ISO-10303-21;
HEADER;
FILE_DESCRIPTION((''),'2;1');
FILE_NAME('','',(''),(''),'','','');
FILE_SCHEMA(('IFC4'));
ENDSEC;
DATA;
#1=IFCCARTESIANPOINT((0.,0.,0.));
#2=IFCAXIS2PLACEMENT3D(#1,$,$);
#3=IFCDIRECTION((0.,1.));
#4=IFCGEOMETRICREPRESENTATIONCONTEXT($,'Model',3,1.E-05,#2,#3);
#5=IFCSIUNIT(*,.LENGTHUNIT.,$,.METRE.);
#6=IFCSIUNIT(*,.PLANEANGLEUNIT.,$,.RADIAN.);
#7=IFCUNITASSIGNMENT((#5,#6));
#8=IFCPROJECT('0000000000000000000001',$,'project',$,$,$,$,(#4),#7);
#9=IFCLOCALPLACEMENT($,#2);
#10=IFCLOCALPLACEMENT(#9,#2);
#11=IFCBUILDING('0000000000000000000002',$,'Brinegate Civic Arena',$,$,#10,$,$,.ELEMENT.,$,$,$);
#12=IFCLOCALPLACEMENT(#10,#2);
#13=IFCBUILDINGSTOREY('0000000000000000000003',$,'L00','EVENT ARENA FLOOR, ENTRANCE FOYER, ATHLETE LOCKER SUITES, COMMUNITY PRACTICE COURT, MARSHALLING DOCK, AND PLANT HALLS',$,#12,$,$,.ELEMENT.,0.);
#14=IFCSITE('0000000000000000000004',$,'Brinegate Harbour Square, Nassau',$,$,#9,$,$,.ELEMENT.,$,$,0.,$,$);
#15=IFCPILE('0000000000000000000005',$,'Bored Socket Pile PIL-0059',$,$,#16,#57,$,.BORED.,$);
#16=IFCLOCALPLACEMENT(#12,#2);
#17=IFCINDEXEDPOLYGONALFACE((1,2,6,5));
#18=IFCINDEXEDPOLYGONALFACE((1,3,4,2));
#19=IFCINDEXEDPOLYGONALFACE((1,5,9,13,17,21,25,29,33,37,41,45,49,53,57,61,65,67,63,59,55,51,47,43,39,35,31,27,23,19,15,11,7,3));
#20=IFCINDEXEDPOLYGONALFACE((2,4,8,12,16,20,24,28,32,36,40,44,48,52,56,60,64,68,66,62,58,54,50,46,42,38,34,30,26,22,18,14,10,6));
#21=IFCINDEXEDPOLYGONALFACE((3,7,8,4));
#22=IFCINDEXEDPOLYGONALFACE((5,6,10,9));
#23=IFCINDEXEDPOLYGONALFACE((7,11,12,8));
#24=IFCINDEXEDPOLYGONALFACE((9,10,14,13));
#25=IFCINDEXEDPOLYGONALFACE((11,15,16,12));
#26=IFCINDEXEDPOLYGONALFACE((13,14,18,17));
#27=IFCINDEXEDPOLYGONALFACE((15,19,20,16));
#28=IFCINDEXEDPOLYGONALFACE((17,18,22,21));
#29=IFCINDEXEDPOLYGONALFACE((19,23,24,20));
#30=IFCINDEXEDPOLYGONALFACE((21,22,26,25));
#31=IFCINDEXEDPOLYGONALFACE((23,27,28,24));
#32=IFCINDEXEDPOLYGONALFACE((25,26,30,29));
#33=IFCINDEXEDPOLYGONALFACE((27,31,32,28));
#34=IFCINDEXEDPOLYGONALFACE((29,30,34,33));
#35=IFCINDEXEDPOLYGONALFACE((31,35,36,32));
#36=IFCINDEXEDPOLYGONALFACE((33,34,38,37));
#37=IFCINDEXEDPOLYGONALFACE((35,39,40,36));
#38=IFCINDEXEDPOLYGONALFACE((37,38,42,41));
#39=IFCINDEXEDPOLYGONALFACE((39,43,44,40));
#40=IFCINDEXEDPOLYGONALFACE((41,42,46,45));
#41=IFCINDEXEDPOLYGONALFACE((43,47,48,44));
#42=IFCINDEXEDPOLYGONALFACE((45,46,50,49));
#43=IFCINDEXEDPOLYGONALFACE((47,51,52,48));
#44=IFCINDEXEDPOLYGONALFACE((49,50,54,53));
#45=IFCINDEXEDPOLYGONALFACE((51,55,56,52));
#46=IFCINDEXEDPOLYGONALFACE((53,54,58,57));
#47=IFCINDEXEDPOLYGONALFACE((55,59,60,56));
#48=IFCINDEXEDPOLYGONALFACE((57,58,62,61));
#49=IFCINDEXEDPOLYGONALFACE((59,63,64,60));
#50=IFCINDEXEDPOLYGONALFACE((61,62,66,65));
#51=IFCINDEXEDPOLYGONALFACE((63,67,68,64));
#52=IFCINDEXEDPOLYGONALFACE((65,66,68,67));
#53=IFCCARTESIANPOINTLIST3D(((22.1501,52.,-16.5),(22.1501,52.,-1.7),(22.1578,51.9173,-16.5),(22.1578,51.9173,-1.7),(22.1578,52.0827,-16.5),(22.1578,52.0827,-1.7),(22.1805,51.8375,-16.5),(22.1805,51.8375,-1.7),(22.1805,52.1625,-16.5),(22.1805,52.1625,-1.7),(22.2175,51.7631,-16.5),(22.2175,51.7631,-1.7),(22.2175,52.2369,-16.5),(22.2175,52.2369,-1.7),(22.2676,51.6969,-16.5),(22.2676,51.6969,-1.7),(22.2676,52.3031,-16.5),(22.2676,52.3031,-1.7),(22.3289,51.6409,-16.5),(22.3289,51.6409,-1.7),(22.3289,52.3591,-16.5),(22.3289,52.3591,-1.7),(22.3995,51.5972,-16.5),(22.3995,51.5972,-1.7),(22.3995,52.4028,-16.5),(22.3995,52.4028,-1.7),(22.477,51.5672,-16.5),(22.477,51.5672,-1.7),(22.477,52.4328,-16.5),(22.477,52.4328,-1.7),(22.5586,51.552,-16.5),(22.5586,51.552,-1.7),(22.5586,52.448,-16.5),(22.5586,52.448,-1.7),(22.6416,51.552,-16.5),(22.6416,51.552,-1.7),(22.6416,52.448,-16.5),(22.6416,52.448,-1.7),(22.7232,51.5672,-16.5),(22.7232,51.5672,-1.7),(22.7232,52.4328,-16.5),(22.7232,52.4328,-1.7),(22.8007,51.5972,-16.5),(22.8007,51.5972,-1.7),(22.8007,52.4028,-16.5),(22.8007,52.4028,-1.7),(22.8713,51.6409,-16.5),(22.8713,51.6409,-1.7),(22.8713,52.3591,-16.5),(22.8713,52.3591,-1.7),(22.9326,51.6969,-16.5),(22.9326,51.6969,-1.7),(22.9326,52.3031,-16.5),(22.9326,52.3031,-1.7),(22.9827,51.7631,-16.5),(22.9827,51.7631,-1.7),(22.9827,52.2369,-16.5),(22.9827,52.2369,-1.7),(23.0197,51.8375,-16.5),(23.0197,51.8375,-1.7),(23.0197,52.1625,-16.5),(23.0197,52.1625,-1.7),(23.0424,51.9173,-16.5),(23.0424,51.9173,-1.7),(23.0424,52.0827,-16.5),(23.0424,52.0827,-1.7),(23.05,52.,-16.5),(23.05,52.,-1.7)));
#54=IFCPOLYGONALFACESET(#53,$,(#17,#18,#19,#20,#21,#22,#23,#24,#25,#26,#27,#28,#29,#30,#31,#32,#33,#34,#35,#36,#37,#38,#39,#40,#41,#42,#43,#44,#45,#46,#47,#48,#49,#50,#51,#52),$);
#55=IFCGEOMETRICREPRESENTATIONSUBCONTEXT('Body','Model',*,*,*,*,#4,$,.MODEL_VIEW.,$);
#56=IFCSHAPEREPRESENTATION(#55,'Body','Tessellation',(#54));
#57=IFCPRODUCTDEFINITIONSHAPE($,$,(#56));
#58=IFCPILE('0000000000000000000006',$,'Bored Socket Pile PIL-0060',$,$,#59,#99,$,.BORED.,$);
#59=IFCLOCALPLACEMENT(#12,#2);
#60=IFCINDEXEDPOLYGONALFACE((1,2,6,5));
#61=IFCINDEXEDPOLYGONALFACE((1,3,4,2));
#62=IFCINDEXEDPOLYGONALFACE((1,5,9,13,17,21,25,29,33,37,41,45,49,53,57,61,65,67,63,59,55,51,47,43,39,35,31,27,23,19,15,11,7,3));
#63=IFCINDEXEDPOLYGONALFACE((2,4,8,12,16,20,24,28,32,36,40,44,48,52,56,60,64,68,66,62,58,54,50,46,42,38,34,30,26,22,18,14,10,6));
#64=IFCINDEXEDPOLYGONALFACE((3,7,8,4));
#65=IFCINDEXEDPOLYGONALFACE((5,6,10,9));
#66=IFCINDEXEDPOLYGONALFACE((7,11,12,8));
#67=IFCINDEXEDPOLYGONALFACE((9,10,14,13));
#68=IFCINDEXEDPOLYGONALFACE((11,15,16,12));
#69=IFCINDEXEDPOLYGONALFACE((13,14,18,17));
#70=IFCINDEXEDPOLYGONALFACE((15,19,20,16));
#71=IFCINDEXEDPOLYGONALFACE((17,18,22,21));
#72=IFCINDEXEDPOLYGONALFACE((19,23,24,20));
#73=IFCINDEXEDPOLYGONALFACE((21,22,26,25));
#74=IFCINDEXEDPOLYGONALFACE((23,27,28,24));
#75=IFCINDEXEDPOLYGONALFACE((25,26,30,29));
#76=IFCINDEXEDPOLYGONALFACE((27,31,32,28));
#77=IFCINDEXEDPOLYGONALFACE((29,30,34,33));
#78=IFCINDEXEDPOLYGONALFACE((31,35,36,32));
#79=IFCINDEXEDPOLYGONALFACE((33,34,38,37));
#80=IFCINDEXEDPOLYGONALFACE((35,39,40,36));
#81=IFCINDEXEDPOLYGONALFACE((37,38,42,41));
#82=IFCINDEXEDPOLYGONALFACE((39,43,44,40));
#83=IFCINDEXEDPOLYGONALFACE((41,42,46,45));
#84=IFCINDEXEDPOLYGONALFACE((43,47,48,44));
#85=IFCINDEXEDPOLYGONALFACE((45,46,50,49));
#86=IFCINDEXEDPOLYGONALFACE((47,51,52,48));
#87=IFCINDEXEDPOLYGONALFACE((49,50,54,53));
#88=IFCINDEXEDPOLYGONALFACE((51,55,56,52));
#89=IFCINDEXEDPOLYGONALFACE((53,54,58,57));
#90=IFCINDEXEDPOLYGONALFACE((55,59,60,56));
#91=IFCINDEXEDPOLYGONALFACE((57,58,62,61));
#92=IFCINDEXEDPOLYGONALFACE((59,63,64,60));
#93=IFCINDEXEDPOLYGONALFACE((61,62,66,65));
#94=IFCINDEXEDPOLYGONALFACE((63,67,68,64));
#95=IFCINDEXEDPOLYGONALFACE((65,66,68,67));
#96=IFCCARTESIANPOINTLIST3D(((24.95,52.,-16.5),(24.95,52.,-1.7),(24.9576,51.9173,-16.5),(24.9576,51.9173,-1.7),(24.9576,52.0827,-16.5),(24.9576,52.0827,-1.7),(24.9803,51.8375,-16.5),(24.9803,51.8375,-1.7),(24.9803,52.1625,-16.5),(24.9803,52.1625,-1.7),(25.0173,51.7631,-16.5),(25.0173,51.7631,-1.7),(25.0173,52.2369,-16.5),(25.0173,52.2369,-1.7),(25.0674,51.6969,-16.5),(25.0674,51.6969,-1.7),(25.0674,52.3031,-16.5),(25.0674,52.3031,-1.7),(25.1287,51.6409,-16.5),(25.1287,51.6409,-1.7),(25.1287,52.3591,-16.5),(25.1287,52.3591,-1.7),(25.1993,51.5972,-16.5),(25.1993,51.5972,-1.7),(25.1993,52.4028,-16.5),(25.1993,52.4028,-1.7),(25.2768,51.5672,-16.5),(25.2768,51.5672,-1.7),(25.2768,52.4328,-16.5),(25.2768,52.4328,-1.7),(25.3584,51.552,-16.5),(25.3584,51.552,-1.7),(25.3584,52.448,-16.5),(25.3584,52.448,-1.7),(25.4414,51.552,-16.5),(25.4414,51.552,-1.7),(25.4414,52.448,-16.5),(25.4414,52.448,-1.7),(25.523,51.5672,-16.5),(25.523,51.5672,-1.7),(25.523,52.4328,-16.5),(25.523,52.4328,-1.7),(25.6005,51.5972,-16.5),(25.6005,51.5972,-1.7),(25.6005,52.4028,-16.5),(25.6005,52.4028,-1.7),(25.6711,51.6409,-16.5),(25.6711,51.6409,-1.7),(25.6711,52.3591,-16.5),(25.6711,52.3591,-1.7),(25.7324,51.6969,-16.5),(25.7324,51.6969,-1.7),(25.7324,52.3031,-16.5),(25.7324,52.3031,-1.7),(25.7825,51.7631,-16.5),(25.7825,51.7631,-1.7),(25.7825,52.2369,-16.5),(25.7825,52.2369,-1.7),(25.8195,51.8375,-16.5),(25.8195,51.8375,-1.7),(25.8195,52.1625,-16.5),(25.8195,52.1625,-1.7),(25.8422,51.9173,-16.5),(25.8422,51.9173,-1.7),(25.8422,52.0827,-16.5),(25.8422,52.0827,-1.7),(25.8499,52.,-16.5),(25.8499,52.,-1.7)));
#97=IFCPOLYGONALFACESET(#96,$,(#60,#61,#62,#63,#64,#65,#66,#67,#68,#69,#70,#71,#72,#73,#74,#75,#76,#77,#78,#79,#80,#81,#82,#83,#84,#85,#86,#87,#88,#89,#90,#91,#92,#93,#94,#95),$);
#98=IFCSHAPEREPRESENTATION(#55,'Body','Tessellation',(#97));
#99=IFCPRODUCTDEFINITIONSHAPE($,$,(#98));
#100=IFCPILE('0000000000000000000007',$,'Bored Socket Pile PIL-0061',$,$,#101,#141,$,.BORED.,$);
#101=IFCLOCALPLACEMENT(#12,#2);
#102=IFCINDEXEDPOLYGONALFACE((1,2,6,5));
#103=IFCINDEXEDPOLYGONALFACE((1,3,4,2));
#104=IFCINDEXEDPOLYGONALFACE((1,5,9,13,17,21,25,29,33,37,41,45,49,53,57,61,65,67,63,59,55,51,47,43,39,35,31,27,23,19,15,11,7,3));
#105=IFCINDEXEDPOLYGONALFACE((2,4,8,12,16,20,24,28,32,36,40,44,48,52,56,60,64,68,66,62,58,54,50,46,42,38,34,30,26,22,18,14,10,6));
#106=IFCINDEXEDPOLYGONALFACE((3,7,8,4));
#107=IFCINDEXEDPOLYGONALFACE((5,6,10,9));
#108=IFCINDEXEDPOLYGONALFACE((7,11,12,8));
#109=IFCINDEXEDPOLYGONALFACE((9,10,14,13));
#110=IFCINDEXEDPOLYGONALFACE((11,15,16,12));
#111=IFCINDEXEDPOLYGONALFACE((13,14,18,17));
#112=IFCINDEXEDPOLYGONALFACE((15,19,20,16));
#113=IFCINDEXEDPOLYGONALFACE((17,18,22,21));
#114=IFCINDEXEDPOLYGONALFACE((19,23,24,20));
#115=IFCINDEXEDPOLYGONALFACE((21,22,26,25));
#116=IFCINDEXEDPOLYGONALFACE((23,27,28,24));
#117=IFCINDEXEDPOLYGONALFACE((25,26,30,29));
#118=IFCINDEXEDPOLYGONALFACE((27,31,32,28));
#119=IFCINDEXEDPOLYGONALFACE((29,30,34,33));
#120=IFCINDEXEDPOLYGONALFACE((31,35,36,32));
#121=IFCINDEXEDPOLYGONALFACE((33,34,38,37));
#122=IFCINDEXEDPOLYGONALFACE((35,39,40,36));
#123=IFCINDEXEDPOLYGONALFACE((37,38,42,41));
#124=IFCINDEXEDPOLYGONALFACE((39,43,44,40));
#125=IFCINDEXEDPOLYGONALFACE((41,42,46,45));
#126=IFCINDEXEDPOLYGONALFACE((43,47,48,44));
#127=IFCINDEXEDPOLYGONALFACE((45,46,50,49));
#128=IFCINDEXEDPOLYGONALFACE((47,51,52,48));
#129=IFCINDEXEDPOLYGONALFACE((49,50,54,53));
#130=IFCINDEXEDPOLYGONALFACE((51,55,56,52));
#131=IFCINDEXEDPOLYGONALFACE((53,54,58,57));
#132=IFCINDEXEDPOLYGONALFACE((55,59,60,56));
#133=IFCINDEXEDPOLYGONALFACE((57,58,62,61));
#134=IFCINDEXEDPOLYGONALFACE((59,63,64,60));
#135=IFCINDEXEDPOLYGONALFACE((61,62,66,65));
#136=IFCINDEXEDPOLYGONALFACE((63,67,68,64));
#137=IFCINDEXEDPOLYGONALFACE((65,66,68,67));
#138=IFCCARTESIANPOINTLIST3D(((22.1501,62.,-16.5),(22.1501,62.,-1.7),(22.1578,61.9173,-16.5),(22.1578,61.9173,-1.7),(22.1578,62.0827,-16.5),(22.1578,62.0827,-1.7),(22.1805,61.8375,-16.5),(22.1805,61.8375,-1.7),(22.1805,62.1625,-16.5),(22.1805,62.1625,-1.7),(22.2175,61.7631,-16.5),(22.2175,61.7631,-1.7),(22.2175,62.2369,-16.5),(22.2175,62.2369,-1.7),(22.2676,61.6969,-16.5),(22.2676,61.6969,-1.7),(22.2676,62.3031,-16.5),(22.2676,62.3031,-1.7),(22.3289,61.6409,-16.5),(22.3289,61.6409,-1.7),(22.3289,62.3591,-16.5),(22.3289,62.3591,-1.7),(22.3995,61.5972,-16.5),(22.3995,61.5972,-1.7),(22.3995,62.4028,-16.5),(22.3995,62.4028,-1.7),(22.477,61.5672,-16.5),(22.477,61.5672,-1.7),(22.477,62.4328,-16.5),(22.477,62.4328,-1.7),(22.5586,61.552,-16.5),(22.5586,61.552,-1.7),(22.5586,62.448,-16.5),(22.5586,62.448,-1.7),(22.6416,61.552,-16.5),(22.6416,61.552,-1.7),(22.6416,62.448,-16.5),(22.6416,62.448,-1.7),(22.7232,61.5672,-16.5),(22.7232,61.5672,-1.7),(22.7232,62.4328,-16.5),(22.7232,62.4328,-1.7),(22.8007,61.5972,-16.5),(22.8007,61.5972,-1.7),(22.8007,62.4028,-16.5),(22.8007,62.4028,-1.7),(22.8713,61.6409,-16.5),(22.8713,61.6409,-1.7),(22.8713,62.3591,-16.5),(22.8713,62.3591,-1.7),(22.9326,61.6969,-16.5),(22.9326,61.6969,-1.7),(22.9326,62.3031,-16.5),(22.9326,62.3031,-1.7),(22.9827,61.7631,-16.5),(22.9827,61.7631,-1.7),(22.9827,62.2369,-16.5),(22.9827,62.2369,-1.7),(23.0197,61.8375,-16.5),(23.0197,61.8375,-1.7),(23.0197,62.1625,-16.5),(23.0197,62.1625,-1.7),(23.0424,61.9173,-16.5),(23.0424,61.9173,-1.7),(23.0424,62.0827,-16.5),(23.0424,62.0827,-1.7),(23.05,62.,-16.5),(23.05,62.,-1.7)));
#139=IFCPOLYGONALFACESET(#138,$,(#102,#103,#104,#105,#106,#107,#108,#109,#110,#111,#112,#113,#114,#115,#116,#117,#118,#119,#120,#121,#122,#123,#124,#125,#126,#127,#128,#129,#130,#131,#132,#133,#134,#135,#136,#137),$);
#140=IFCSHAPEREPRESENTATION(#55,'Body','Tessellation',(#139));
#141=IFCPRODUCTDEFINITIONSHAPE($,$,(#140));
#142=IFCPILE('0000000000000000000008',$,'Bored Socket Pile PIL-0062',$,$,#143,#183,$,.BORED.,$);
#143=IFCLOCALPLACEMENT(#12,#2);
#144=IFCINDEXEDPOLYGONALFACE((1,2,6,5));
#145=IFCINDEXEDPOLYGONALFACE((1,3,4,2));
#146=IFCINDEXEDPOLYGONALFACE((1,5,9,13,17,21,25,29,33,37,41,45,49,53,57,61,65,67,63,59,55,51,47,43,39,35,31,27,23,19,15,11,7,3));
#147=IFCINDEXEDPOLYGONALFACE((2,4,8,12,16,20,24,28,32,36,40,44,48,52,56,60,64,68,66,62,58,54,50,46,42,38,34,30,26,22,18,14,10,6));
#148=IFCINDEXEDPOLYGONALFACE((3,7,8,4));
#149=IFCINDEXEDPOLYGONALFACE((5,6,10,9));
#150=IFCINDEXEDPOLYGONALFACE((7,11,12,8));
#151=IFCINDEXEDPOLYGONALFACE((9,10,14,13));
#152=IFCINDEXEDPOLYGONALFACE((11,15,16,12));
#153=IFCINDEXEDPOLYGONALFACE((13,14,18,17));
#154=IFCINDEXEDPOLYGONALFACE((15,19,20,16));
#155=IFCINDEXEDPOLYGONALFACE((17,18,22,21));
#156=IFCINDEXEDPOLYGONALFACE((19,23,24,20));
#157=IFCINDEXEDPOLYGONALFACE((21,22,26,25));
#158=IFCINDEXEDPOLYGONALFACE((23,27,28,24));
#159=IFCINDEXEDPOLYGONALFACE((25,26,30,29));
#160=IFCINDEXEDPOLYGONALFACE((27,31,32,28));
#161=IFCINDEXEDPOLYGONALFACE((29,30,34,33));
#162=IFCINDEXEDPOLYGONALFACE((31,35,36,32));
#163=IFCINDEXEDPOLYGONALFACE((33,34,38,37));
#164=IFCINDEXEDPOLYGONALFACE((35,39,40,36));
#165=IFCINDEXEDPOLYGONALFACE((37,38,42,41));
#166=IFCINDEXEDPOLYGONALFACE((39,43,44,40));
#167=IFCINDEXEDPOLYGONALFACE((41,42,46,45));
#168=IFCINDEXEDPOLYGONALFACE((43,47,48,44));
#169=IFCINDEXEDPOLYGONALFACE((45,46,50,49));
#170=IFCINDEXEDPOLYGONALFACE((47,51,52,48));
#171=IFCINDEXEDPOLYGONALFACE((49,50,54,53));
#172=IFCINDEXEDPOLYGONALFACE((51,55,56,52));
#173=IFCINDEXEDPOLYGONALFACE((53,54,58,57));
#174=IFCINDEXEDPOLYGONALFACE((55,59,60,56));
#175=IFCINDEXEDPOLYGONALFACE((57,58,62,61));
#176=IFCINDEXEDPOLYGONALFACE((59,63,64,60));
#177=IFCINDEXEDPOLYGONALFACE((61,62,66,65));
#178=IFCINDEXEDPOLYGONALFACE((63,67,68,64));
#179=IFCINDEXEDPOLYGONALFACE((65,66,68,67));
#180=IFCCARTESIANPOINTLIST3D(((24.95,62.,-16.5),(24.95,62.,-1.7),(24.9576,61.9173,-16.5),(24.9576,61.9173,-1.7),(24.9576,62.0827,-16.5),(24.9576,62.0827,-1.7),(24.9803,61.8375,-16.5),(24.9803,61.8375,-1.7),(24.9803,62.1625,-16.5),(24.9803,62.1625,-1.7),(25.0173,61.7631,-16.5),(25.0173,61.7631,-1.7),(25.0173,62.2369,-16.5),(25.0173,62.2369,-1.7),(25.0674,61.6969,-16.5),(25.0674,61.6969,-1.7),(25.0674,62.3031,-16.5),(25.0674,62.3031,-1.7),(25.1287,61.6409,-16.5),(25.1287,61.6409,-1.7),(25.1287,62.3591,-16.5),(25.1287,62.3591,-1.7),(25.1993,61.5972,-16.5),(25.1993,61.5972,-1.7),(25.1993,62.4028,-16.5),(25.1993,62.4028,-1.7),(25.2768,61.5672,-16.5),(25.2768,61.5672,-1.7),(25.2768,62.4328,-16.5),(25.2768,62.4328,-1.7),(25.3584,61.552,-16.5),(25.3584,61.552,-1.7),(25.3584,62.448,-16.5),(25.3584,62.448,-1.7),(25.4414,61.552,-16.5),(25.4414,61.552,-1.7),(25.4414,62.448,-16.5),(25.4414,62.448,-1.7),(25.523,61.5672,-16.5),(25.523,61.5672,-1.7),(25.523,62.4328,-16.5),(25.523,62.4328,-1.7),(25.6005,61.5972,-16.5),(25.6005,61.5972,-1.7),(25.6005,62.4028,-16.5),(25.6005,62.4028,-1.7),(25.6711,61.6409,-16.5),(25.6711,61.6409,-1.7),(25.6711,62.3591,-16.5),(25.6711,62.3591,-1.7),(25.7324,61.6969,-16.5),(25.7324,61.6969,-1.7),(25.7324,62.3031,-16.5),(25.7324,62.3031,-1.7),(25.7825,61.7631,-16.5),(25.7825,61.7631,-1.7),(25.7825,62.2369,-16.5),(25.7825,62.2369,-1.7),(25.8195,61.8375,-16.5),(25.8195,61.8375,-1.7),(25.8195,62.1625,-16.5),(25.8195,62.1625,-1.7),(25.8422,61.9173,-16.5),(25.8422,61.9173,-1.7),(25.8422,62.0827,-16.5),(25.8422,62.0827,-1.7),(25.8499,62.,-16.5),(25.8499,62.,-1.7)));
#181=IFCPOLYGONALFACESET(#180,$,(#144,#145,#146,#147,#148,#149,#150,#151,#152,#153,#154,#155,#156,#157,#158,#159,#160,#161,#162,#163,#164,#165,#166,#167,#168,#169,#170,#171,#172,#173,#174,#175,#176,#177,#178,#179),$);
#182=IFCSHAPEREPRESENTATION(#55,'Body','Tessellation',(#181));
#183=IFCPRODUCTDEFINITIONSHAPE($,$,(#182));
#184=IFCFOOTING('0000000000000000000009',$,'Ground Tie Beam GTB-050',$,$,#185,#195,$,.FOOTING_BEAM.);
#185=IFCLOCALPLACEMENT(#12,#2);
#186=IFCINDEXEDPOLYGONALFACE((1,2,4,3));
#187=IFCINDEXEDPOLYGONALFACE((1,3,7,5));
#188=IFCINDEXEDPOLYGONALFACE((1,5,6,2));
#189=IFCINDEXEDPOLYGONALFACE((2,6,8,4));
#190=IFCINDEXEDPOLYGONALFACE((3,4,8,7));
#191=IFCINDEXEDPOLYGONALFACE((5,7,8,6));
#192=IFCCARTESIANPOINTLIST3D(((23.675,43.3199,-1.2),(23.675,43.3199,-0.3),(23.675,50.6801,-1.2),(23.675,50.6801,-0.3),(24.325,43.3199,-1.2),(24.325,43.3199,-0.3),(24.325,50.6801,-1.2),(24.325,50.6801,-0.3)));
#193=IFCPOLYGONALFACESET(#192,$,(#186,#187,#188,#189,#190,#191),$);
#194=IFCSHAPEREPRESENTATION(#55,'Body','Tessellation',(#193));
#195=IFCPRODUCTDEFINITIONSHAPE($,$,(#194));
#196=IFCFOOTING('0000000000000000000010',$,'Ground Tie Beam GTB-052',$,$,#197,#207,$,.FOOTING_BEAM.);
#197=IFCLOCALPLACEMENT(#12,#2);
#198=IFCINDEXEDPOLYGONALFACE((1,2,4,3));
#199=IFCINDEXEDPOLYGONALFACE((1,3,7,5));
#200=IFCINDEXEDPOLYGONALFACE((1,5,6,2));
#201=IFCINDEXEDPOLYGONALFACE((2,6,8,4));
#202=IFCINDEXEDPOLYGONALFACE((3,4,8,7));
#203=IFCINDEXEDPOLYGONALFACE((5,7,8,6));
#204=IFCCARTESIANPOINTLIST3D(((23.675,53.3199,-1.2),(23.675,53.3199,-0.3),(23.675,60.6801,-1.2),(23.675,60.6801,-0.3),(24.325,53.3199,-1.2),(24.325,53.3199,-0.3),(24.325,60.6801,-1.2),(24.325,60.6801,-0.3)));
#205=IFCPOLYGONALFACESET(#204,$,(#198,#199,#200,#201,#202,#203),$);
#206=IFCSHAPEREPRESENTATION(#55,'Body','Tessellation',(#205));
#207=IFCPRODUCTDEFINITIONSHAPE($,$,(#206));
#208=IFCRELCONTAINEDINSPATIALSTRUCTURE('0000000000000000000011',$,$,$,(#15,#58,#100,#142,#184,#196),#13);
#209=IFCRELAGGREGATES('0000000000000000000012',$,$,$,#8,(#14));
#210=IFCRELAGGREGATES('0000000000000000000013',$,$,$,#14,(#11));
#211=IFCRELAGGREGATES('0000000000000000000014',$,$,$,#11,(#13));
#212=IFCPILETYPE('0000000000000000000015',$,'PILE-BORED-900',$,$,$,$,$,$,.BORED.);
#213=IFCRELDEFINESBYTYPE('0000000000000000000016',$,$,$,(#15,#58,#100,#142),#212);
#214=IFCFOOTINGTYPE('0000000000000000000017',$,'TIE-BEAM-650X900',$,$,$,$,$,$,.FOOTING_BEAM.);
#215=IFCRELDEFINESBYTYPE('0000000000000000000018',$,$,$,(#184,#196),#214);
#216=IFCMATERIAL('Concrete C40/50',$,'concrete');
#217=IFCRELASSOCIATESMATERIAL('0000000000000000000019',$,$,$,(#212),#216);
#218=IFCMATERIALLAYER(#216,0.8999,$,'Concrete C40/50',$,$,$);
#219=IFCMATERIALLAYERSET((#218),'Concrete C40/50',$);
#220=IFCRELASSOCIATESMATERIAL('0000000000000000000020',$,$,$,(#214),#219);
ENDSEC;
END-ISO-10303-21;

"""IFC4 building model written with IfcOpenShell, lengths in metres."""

from ifc_helpers import new_model, si_unit, direction, frame, origin, origin_2d, place, context, subcontext, project, spatial, rectangle, circle, extrude, material, layer, layer_set, material_profile, profile_set, type_object, element, save


model = new_model("IFC4")

# Units and contexts
model_context = context("Model", 3, precision=1e-05, world=origin(), true_north=direction((0.0, 1.0)))
body_context = subcontext(model_context, "Body", "Model", "MODEL_VIEW")
ifc_project = project(units=[si_unit("LENGTHUNIT", "METRE"), si_unit("PLANEANGLEUNIT", "RADIAN")], contexts=[model_context])

# Site, building, storey
site_placement = place(None, origin())
site = spatial("IfcSite", under=ifc_project, at=site_placement, Name="Brinegate Harbour Square, Nassau", CompositionType="ELEMENT", RefElevation=0.0)
building_placement = place(site_placement, origin())
building = spatial("IfcBuilding", under=site, at=building_placement, Name="Brinegate Civic Arena", CompositionType="ELEMENT")
storey_placement = place(building_placement, origin())
storey = spatial("IfcBuildingStorey", under=building, at=storey_placement, Name="L00", Description="EVENT ARENA FLOOR, ENTRANCE FOYER, ATHLETE LOCKER SUITES, COMMUNITY PRACTICE COURT, MARSHALLING DOCK, AND PLANT HALLS", CompositionType="ELEMENT", Elevation=0.0)

# Shared definitions
ifc_material_1 = material(Name="Concrete C40/50", Category="concrete")

# Piles
ifc_material_profile_1 = material_profile(ifc_material_1, circle(Radius=0.45, at=origin_2d()), Name="PILED900")
ifc_profile_set_1 = profile_set([ifc_material_profile_1], Name="Concrete C40/50")
pile_type_1 = type_object("IfcPileType", Name="PILE-BORED-900", PredefinedType="BORED", material=ifc_profile_set_1)
for number, where, z_axis, x_axis, name in (
    (1, (22.6001, 52.0, -1.7), (0.0, 0.0, -1.0), (1.0, 0.0, 0.0), "Bored Socket Pile PIL-0059"),
    (2, (25.3999, 52.0, -1.7), (0.0, 0.0, -1.0), (1.0, 0.0, 0.0), "Bored Socket Pile PIL-0060"),
    (3, (22.6001, 62.0, -1.7), (0.0, 0.0, -1.0), (1.0, 0.0, 0.0), "Bored Socket Pile PIL-0061"),
    (4, (25.3999, 62.0, -1.7), (0.0, 0.0, -1.0), (1.0, 0.0, 0.0), "Bored Socket Pile PIL-0062"),
):
    element("IfcPile", number, at=place(storey_placement, frame(where, z_axis=z_axis, x_axis=x_axis)), inside=storey, type_object=pile_type_1, Name=name, PredefinedType="BORED", context=body_context, shape_type="SweptSolid", body=[
        extrude(circle(Radius=0.45, at=origin_2d()), origin(), (0.0, 0.0, 1.0), 14.8),
    ])

# Footings
ifc_layer_1 = layer(ifc_material_1, 0.8999, Name="Concrete C40/50")
ifc_layer_set_1 = layer_set([ifc_layer_1], Name="Concrete C40/50")
footing_type_1 = type_object("IfcFootingType", Name="TIE-BEAM-650X900", PredefinedType="FOOTING_BEAM", material=ifc_layer_set_1)
for number, where, z_axis, x_axis, name in (
    (5, (24.0, 47.0, -1.2), (0.0, 0.0, 1.0), (0.0, 1.0, 0.0), "Ground Tie Beam GTB-050"),
    (6, (24.0, 57.0, -1.2), (0.0, 0.0, 1.0), (0.0, 1.0, 0.0), "Ground Tie Beam GTB-052"),
):
    element("IfcFooting", number, at=place(storey_placement, frame(where, z_axis=z_axis, x_axis=x_axis)), inside=storey, type_object=footing_type_1, Name=name, PredefinedType="FOOTING_BEAM", context=body_context, shape_type="SweptSolid", body=[
        extrude(rectangle(XDim=7.3601, YDim=0.6499, at=origin_2d()), origin(), (0.0, 0.0, 1.0), 0.8999),
    ])

save(model, "model.ifc")
